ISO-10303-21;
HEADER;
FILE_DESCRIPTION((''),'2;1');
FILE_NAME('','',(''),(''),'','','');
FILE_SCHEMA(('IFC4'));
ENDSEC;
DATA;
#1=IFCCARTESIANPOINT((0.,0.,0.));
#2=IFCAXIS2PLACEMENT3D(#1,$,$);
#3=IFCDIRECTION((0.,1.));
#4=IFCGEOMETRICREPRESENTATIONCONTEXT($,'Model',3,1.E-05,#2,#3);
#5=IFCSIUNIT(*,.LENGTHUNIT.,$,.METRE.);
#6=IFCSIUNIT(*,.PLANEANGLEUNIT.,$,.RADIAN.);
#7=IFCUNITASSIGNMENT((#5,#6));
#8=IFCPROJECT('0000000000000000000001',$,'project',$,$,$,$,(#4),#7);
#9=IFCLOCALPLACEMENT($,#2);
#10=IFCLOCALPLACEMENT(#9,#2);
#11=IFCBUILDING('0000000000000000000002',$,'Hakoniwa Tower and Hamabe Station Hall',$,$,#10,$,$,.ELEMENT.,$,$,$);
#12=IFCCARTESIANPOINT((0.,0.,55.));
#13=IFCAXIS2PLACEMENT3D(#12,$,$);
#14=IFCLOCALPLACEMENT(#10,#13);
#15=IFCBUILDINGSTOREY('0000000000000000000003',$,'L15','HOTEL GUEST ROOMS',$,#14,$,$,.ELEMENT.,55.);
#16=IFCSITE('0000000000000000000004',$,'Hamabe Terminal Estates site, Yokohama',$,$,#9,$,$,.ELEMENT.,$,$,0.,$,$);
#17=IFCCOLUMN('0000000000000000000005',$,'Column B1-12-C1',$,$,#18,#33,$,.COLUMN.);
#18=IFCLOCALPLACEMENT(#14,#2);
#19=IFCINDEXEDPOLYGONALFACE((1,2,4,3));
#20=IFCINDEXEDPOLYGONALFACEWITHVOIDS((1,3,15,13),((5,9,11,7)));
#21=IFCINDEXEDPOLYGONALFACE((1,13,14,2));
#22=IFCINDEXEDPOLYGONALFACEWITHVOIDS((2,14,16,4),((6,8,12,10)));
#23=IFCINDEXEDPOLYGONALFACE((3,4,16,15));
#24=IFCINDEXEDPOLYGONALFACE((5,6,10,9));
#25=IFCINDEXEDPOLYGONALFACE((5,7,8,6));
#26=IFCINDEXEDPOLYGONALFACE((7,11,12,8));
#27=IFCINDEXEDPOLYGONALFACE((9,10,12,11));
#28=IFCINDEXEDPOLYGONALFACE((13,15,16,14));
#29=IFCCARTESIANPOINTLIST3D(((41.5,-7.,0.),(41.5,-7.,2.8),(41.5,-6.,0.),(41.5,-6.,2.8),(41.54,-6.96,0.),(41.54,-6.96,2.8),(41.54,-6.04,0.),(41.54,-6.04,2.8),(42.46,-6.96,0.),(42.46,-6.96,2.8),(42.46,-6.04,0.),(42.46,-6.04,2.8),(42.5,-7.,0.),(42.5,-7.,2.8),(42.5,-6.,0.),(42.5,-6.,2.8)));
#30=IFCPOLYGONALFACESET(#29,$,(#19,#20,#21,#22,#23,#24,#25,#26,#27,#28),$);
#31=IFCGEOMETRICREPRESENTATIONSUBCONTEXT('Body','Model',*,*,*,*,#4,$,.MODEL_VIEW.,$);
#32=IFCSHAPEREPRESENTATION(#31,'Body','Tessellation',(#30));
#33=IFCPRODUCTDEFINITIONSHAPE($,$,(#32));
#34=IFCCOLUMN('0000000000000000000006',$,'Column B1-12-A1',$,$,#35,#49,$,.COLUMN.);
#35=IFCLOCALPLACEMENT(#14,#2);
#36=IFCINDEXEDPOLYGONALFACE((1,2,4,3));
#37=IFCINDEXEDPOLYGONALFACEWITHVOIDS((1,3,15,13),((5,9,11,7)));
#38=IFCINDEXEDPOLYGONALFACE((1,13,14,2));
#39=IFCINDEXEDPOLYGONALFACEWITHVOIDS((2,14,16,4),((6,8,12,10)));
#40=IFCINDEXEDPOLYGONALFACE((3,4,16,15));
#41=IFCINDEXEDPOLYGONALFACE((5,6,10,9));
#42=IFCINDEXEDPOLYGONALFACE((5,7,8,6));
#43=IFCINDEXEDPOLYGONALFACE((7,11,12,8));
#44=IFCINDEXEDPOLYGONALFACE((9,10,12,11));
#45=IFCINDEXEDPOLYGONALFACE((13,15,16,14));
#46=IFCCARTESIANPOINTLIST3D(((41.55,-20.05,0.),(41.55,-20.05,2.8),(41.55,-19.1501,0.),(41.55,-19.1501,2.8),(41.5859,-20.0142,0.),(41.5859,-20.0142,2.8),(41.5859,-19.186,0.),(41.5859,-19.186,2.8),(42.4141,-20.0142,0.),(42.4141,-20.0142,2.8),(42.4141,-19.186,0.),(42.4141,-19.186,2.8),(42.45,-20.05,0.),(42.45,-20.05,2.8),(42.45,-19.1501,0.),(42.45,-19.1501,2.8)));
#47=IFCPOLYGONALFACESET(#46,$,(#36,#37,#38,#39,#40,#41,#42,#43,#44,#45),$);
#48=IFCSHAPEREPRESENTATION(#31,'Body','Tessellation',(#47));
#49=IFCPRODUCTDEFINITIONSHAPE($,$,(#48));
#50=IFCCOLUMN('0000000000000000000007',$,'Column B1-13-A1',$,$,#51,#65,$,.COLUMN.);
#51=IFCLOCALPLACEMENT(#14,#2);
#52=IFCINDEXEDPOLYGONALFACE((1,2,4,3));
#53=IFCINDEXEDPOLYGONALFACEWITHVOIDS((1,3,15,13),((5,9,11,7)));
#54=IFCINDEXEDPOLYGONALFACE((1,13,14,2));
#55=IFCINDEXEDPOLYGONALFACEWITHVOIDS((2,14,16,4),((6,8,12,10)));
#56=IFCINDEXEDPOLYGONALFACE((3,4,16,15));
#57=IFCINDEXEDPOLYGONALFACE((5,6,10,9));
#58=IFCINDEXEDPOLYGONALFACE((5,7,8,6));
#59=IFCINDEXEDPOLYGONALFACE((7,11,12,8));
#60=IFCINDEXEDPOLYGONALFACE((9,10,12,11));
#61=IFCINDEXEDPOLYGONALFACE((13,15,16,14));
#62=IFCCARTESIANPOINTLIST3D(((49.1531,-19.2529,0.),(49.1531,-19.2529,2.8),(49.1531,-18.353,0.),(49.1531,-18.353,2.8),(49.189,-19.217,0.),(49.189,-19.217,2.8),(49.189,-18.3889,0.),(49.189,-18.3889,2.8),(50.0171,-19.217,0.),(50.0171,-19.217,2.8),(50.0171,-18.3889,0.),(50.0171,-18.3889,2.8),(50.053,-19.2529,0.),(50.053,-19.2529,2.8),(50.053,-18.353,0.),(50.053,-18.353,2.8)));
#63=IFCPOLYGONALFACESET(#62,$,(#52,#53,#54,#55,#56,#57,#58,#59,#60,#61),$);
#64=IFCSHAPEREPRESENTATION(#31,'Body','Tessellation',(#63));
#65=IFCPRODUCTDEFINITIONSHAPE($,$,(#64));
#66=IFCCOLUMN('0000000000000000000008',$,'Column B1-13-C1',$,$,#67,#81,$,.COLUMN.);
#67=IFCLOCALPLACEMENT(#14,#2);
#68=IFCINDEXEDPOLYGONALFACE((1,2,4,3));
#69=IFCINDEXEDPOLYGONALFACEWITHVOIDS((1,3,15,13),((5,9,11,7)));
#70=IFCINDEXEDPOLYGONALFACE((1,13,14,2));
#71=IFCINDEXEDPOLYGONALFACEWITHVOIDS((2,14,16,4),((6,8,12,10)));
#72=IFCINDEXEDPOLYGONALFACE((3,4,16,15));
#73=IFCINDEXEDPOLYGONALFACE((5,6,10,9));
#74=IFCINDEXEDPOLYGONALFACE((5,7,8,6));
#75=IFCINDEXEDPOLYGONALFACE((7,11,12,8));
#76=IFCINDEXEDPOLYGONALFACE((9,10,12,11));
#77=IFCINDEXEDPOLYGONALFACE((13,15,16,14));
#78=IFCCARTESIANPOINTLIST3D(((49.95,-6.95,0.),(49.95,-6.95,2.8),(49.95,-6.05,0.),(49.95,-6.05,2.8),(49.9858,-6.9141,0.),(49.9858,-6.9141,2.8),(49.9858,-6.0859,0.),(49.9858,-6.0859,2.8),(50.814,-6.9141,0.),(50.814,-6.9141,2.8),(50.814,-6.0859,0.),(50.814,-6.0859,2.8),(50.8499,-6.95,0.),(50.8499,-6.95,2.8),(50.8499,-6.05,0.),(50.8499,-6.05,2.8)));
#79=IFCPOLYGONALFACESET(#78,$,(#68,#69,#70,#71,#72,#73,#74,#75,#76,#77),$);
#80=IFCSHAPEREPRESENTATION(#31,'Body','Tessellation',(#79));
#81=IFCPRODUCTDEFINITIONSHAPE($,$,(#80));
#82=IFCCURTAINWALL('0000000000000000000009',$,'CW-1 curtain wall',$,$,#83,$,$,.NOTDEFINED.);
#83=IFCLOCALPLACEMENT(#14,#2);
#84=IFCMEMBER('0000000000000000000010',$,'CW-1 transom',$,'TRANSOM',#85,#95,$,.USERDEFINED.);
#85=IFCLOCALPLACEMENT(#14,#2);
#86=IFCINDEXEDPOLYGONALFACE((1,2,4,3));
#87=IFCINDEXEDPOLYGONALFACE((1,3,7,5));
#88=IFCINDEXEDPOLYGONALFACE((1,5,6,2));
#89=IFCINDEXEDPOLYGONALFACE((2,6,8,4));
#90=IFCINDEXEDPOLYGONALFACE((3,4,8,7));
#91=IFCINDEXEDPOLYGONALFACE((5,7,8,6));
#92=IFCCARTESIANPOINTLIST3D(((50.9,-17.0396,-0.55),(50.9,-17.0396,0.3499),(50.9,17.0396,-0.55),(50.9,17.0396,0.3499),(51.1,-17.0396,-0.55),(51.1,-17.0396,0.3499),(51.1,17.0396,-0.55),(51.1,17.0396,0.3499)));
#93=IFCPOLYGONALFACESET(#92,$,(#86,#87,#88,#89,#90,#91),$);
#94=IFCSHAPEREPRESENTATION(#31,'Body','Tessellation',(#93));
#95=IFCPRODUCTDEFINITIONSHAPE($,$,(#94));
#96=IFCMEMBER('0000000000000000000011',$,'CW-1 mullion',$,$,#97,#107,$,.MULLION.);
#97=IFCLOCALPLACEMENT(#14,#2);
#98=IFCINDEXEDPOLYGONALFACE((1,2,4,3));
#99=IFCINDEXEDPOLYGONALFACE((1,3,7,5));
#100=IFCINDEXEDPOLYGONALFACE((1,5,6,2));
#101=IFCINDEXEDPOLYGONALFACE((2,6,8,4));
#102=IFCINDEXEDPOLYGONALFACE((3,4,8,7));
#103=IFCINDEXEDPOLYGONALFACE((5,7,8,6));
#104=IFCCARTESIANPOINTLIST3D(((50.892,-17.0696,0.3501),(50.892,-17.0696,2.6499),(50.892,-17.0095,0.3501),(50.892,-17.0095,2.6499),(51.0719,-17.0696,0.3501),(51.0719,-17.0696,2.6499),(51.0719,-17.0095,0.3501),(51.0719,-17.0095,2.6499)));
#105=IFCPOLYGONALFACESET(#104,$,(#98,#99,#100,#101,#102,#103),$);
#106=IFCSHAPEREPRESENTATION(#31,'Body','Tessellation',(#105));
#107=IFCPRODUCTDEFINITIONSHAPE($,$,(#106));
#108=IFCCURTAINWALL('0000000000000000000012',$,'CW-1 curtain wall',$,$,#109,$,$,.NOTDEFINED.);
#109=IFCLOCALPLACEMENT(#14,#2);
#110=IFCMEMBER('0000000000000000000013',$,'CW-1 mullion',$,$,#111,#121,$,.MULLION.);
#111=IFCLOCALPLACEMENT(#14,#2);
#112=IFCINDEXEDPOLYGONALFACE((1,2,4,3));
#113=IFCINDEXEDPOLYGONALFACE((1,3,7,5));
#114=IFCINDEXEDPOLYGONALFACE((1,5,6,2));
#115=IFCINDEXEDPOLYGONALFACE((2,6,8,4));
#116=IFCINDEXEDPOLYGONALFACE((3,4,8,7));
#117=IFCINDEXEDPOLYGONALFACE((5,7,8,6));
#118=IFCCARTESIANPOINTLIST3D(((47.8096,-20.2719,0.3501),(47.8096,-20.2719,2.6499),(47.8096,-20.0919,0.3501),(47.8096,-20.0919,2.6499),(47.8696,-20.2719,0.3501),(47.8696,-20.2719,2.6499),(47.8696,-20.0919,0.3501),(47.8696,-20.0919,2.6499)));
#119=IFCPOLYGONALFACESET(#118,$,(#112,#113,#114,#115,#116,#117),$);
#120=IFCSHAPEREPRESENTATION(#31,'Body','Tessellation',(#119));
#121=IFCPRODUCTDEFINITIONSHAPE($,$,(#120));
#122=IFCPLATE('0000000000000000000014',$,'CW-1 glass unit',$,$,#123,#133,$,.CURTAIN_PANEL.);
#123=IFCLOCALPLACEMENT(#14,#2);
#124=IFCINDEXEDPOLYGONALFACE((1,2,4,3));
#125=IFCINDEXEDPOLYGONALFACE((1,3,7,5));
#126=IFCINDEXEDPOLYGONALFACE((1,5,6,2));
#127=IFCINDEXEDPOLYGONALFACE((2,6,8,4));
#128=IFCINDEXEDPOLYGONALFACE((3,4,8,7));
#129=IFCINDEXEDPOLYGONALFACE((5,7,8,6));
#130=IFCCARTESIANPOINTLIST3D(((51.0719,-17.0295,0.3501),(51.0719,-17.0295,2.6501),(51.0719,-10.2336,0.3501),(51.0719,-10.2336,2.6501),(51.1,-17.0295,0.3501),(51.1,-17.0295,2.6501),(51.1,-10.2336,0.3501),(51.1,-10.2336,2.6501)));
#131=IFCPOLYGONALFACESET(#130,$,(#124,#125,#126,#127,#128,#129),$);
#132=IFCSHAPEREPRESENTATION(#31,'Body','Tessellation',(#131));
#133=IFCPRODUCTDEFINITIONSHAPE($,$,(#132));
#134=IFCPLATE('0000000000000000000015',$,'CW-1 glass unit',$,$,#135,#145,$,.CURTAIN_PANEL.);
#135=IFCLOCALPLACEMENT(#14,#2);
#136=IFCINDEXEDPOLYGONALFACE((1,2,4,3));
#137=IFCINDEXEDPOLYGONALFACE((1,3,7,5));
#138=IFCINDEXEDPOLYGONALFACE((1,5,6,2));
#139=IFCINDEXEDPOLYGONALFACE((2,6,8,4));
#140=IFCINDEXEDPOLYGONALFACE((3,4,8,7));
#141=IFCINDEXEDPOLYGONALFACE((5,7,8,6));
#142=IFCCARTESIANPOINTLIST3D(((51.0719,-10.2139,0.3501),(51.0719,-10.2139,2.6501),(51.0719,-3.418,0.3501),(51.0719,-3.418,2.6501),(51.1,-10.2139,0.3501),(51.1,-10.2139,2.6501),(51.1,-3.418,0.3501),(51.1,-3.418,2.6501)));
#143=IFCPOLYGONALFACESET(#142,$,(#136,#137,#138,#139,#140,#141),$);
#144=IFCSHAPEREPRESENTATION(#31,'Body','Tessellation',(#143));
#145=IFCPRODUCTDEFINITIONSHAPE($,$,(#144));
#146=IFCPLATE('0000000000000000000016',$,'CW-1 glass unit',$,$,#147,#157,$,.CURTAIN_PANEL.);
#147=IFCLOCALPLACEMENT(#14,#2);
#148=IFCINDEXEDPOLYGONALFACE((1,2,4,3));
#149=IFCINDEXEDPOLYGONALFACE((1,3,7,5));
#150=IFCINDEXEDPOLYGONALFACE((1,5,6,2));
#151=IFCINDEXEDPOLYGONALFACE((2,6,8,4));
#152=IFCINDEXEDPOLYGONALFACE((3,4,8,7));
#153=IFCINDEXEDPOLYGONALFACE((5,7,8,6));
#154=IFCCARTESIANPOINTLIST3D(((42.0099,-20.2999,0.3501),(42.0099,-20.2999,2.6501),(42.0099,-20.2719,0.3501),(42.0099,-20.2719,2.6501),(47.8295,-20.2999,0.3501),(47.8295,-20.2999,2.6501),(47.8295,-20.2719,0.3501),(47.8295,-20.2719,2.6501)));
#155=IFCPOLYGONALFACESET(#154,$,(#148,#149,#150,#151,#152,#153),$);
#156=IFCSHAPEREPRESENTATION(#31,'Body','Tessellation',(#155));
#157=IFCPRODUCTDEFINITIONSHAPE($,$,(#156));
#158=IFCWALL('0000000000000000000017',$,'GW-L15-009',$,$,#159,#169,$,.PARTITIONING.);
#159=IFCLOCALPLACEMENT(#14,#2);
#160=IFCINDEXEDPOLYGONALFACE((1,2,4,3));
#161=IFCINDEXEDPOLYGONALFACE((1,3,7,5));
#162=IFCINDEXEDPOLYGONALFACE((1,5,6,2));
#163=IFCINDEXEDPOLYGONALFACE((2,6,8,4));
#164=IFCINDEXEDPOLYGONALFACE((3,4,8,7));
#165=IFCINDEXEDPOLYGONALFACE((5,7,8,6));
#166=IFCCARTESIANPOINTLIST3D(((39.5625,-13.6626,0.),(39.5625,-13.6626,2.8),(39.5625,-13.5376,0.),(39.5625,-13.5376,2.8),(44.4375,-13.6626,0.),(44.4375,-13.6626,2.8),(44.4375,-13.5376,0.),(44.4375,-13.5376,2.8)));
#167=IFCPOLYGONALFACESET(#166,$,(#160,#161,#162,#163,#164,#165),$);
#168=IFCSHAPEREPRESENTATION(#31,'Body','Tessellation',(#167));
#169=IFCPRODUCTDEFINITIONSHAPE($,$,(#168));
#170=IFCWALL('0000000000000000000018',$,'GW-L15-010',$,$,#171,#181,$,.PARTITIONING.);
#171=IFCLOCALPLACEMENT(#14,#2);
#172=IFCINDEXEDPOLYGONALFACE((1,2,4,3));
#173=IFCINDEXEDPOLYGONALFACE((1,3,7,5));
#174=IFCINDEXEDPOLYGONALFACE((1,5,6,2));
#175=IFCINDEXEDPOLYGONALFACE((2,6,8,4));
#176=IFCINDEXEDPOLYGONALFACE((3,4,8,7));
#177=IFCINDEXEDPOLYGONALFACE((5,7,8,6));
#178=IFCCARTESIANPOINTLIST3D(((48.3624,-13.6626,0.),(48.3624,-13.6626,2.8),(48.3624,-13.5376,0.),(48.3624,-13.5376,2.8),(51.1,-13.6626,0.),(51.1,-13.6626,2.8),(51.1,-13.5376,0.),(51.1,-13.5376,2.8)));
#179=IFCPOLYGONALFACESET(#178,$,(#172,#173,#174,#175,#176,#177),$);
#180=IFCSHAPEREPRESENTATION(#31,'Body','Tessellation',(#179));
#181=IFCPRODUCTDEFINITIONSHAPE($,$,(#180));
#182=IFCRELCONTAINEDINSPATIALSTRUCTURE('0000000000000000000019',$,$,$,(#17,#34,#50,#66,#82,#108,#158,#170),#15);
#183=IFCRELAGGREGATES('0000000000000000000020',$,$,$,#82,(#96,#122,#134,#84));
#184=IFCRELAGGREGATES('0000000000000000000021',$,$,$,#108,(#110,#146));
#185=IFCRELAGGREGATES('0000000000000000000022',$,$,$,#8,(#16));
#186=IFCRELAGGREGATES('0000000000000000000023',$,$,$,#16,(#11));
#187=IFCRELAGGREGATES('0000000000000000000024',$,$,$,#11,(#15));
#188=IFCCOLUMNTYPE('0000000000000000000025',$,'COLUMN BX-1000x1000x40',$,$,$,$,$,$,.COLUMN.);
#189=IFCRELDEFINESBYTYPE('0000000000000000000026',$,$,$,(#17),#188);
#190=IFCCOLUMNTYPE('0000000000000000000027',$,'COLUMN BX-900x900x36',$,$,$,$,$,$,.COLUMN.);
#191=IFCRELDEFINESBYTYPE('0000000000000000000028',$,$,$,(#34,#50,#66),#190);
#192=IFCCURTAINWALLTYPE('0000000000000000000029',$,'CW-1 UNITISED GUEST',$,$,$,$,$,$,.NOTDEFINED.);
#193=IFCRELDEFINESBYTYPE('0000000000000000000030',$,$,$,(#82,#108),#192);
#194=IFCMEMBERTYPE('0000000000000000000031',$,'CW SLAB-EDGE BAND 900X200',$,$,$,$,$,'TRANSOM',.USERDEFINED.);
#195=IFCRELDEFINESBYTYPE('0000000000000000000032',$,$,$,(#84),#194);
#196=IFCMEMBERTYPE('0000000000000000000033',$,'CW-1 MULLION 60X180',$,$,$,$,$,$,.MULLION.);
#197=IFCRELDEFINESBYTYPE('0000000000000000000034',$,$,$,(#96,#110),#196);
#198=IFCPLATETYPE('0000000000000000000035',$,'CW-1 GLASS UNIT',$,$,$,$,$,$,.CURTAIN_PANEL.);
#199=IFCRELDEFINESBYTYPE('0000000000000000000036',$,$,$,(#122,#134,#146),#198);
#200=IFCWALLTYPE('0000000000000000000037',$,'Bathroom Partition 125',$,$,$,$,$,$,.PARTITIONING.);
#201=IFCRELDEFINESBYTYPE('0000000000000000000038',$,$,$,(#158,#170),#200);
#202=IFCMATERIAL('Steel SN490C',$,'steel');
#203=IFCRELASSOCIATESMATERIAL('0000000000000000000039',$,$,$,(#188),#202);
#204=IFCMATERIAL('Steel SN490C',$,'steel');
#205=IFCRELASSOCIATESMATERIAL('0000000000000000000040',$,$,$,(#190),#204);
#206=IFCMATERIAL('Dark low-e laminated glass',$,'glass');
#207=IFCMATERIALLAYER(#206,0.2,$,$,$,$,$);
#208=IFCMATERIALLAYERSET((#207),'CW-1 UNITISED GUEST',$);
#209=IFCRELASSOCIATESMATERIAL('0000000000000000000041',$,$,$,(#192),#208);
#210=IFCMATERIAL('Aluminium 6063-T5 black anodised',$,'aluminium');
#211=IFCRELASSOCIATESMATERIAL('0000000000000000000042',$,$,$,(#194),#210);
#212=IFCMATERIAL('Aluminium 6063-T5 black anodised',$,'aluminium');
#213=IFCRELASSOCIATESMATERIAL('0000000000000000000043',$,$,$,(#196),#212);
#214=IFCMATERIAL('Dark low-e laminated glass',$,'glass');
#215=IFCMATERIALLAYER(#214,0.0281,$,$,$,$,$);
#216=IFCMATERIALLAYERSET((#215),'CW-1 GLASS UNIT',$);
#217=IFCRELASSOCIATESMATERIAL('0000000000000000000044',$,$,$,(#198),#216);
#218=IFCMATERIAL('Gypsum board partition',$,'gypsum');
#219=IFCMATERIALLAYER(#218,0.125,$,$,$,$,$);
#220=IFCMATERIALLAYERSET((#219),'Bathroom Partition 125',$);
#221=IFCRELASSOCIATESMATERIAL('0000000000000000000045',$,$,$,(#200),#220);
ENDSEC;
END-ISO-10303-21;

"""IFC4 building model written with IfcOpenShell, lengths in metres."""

from ifc_helpers import new_model, si_unit, direction, frame, frame_2d, origin, origin_2d, place, context, subcontext, project, spatial, rectangle, hollow_rectangle, extrude, material, layer, layer_set, material_profile, profile_set, type_object, element, aggregate, save


model = new_model("IFC4")

# Units and contexts
model_context = context("Model", 3, precision=1e-05, world=origin(), true_north=direction((0.0, 1.0)))
body_context = subcontext(model_context, "Body", "Model", "MODEL_VIEW")
ifc_project = project(units=[si_unit("LENGTHUNIT", "METRE"), si_unit("PLANEANGLEUNIT", "RADIAN")], contexts=[model_context])

# Site, building, storey
site_placement = place(None, origin())
site = spatial("IfcSite", under=ifc_project, at=site_placement, Name="Hamabe Terminal Estates site, Yokohama", CompositionType="ELEMENT", RefElevation=0.0)
building_placement = place(site_placement, origin())
building = spatial("IfcBuilding", under=site, at=building_placement, Name="Hakoniwa Tower and Hamabe Station Hall", CompositionType="ELEMENT")
storey_placement = place(building_placement, frame((0.0, 0.0, 55.0)))
storey = spatial("IfcBuildingStorey", under=building, at=storey_placement, Name="L15", Description="HOTEL GUEST ROOMS", CompositionType="ELEMENT", Elevation=55.0)

# Columns
ifc_material_1 = material(Name="Steel SN490C", Category="steel")
ifc_material_profile_1 = material_profile(ifc_material_1, hollow_rectangle(XDim=1.0, YDim=1.0, WallThickness=0.04, at=origin_2d()), Name="BX-1000x1000x40")
ifc_profile_set_1 = profile_set([ifc_material_profile_1], Name="Steel SN490C")
column_type_1 = type_object("IfcColumnType", Name="COLUMN BX-1000x1000x40", PredefinedType="COLUMN", material=ifc_profile_set_1)
column_placement = place(storey_placement, frame((42.0, -6.5, 0.0), z_axis=(0.0, 0.0, 1.0), x_axis=(1.0, 0.0, 0.0)))
element("IfcColumn", 1, at=column_placement, inside=storey, type_object=column_type_1, Name="Column B1-12-C1", PredefinedType="COLUMN", context=body_context, shape_type="SweptSolid", body=[
    extrude(hollow_rectangle(XDim=1.0, YDim=1.0, WallThickness=0.04, at=origin_2d()), origin(), (0.0, 0.0, 1.0), 2.8),
])
ifc_material_2 = material(Name="Steel SN490C", Category="steel")
ifc_material_profile_2 = material_profile(ifc_material_2, hollow_rectangle(XDim=0.8999, YDim=0.8999, WallThickness=0.0359, at=origin_2d()), Name="BX-900x900x36")
ifc_profile_set_2 = profile_set([ifc_material_profile_2], Name="Steel SN490C")
column_type_2 = type_object("IfcColumnType", Name="COLUMN BX-900x900x36", PredefinedType="COLUMN", material=ifc_profile_set_2)
for number, where, z_axis, x_axis, name in (
    (2, (42.0, -19.6001, 0.0), (0.0, 0.0, 1.0), (1.0, 0.0, 0.0), "Column B1-12-A1"),
    (3, (49.603, -18.803, 0.0), (0.0, 0.0, 1.0), (1.0, 0.0, 0.0), "Column B1-13-A1"),
    (4, (50.3999, -6.5, 0.0), (0.0, 0.0, 1.0), (1.0, 0.0, 0.0), "Column B1-13-C1"),
):
    element("IfcColumn", number, at=place(storey_placement, frame(where, z_axis=z_axis, x_axis=x_axis)), inside=storey, type_object=column_type_2, Name=name, PredefinedType="COLUMN", context=body_context, shape_type="SweptSolid", body=[
        extrude(hollow_rectangle(XDim=0.8999, YDim=0.8999, WallThickness=0.0359, at=origin_2d()), origin(), (0.0, 0.0, 1.0), 2.8),
    ])

# Curtain wall, members
ifc_material_3 = material(Name="Dark low-e laminated glass", Category="glass")
ifc_layer_1 = layer(ifc_material_3, 0.2)
ifc_layer_set_1 = layer_set([ifc_layer_1], Name="CW-1 UNITISED GUEST")
curtain_wall_type = type_object("IfcCurtainWallType", Name="CW-1 UNITISED GUEST", PredefinedType="NOTDEFINED", material=ifc_layer_set_1)
curtain_wall_1_placement = place(storey_placement, origin())
curtain_wall_1 = element("IfcCurtainWall", 5, at=curtain_wall_1_placement, inside=storey, type_object=curtain_wall_type, Name="CW-1 curtain wall", PredefinedType="NOTDEFINED")
ifc_material_4 = material(Name="Aluminium 6063-T5 black anodised", Category="aluminium")
ifc_material_profile_3 = material_profile(ifc_material_4, rectangle(XDim=0.2, YDim=0.8999, at=origin_2d()), Name="CW SLAB-EDGE BAND 900X200")
ifc_profile_set_3 = profile_set([ifc_material_profile_3], Name="Aluminium 6063-T5 black anodised")
member_type_1 = type_object("IfcMemberType", Name="CW SLAB-EDGE BAND 900X200", ElementType="TRANSOM", PredefinedType="USERDEFINED", material=ifc_profile_set_3)
member_1_placement = place(storey_placement, frame((51.0, -17.0396, -0.1001), z_axis=(0.0, 1.0, 0.0), x_axis=(-1.0, 0.0, 0.0)))
member_1 = element("IfcMember", 6, at=member_1_placement, type_object=member_type_1, Name="CW-1 transom", ObjectType="TRANSOM", PredefinedType="USERDEFINED", context=body_context, shape_type="SweptSolid", body=[
    extrude(rectangle(XDim=0.2, YDim=0.8999, at=origin_2d()), origin(), (0.0, 0.0, 1.0), 34.0791),
])
ifc_material_5 = material(Name="Aluminium 6063-T5 black anodised", Category="aluminium")
ifc_material_profile_4 = material_profile(ifc_material_5, rectangle(XDim=0.0601, YDim=0.1799, at=origin_2d()), Name="CW-1 MULLION 60X180")
ifc_profile_set_4 = profile_set([ifc_material_profile_4], Name="Aluminium 6063-T5 black anodised")
member_type_2 = type_object("IfcMemberType", Name="CW-1 MULLION 60X180", PredefinedType="MULLION", material=ifc_profile_set_4)
member_2_placement = place(storey_placement, frame((50.9819, -17.0396, 0.3501), z_axis=(0.0, 0.0, 1.0), x_axis=(0.0, 1.0, 0.0)))
member_2 = element("IfcMember", 7, at=member_2_placement, type_object=member_type_2, Name="CW-1 mullion", PredefinedType="MULLION", context=body_context, shape_type="SweptSolid", body=[
    extrude(rectangle(XDim=0.0601, YDim=0.1799, at=origin_2d()), origin(), (0.0, 0.0, 1.0), 2.2998),
])

# Curtain wall, member
curtain_wall_2_placement = place(storey_placement, origin())
curtain_wall_2 = element("IfcCurtainWall", 8, at=curtain_wall_2_placement, inside=storey, type_object=curtain_wall_type, Name="CW-1 curtain wall", PredefinedType="NOTDEFINED")
member_3_placement = place(storey_placement, frame((47.8396, -20.1819, 0.3501), z_axis=(0.0, 0.0, 1.0), x_axis=(1.0, 0.0, 0.0)))
member_3 = element("IfcMember", 9, at=member_3_placement, type_object=member_type_2, Name="CW-1 mullion", PredefinedType="MULLION", context=body_context, shape_type="SweptSolid", body=[
    extrude(rectangle(XDim=0.0601, YDim=0.1799, at=origin_2d()), origin(), (0.0, 0.0, 1.0), 2.2998),
])

# Plates
ifc_material_6 = material(Name="Dark low-e laminated glass", Category="glass")
ifc_layer_2 = layer(ifc_material_6, 0.0281)
ifc_layer_set_2 = layer_set([ifc_layer_2], Name="CW-1 GLASS UNIT")
plate_type = type_object("IfcPlateType", Name="CW-1 GLASS UNIT", PredefinedType="CURTAIN_PANEL", material=ifc_layer_set_2)
plate_1_placement = place(storey_placement, frame((51.0859, -13.6316, 0.3501), z_axis=(0.0, 0.0, 1.0), x_axis=(0.0, 1.0, 0.0)))
plate_1 = element("IfcPlate", 10, at=plate_1_placement, type_object=plate_type, Name="CW-1 glass unit", PredefinedType="CURTAIN_PANEL", context=body_context, shape_type="SweptSolid", body=[
    extrude(rectangle(XDim=6.7959, YDim=0.0281, at=origin_2d()), origin(), (0.0, 0.0, 1.0), 2.3),
])
plate_2_placement = place(storey_placement, frame((51.0859, -6.8159, 0.3501), z_axis=(0.0, 0.0, 1.0), x_axis=(0.0, 1.0, 0.0)))
plate_2 = element("IfcPlate", 11, at=plate_2_placement, type_object=plate_type, Name="CW-1 glass unit", PredefinedType="CURTAIN_PANEL", context=body_context, shape_type="SweptSolid", body=[
    extrude(rectangle(XDim=6.7959, YDim=0.0281, at=origin_2d()), origin(), (0.0, 0.0, 1.0), 2.3),
])
aggregate(curtain_wall_1, [member_2, plate_1, plate_2, member_1])
plate_3_placement = place(storey_placement, frame((44.9197, -20.2859, 0.3501), z_axis=(0.0, 0.0, 1.0), x_axis=(1.0, 0.0, 0.0)))
plate_3 = element("IfcPlate", 12, at=plate_3_placement, type_object=plate_type, Name="CW-1 glass unit", PredefinedType="CURTAIN_PANEL", context=body_context, shape_type="SweptSolid", body=[
    extrude(rectangle(XDim=5.8196, YDim=0.0281, at=origin_2d()), origin(), (0.0, 0.0, 1.0), 2.3),
])
aggregate(curtain_wall_2, [member_3, plate_3])

# Walls
ifc_material_7 = material(Name="Gypsum board partition", Category="gypsum")
ifc_layer_3 = layer(ifc_material_7, 0.125)
ifc_layer_set_3 = layer_set([ifc_layer_3], Name="Bathroom Partition 125")
wall_type_1 = type_object("IfcWallType", Name="Bathroom Partition 125", PredefinedType="PARTITIONING", material=ifc_layer_set_3)
wall_1_placement = place(storey_placement, frame((39.5625, -13.6001, 0.0), z_axis=(0.0, 0.0, 1.0), x_axis=(1.0, 0.0, 0.0)))
element("IfcWall", 13, at=wall_1_placement, inside=storey, type_object=wall_type_1, Name="GW-L15-009", PredefinedType="PARTITIONING", context=body_context, shape_type="SweptSolid", body=[
    extrude(rectangle(XDim=4.875, YDim=0.125, at=frame_2d((2.4375, 0.0))), origin(), (0.0, 0.0, 1.0), 2.8),
])
wall_2_placement = place(storey_placement, frame((48.3625, -13.6001, 0.0), z_axis=(0.0, 0.0, 1.0), x_axis=(1.0, 0.0, 0.0)))
element("IfcWall", 14, at=wall_2_placement, inside=storey, type_object=wall_type_1, Name="GW-L15-010", PredefinedType="PARTITIONING", context=body_context, shape_type="SweptSolid", body=[
    extrude(rectangle(XDim=2.7375, YDim=0.125, at=frame_2d((1.3687, 0.0))), origin(), (0.0, 0.0, 1.0), 2.8),
])

save(model, "model.ifc")
